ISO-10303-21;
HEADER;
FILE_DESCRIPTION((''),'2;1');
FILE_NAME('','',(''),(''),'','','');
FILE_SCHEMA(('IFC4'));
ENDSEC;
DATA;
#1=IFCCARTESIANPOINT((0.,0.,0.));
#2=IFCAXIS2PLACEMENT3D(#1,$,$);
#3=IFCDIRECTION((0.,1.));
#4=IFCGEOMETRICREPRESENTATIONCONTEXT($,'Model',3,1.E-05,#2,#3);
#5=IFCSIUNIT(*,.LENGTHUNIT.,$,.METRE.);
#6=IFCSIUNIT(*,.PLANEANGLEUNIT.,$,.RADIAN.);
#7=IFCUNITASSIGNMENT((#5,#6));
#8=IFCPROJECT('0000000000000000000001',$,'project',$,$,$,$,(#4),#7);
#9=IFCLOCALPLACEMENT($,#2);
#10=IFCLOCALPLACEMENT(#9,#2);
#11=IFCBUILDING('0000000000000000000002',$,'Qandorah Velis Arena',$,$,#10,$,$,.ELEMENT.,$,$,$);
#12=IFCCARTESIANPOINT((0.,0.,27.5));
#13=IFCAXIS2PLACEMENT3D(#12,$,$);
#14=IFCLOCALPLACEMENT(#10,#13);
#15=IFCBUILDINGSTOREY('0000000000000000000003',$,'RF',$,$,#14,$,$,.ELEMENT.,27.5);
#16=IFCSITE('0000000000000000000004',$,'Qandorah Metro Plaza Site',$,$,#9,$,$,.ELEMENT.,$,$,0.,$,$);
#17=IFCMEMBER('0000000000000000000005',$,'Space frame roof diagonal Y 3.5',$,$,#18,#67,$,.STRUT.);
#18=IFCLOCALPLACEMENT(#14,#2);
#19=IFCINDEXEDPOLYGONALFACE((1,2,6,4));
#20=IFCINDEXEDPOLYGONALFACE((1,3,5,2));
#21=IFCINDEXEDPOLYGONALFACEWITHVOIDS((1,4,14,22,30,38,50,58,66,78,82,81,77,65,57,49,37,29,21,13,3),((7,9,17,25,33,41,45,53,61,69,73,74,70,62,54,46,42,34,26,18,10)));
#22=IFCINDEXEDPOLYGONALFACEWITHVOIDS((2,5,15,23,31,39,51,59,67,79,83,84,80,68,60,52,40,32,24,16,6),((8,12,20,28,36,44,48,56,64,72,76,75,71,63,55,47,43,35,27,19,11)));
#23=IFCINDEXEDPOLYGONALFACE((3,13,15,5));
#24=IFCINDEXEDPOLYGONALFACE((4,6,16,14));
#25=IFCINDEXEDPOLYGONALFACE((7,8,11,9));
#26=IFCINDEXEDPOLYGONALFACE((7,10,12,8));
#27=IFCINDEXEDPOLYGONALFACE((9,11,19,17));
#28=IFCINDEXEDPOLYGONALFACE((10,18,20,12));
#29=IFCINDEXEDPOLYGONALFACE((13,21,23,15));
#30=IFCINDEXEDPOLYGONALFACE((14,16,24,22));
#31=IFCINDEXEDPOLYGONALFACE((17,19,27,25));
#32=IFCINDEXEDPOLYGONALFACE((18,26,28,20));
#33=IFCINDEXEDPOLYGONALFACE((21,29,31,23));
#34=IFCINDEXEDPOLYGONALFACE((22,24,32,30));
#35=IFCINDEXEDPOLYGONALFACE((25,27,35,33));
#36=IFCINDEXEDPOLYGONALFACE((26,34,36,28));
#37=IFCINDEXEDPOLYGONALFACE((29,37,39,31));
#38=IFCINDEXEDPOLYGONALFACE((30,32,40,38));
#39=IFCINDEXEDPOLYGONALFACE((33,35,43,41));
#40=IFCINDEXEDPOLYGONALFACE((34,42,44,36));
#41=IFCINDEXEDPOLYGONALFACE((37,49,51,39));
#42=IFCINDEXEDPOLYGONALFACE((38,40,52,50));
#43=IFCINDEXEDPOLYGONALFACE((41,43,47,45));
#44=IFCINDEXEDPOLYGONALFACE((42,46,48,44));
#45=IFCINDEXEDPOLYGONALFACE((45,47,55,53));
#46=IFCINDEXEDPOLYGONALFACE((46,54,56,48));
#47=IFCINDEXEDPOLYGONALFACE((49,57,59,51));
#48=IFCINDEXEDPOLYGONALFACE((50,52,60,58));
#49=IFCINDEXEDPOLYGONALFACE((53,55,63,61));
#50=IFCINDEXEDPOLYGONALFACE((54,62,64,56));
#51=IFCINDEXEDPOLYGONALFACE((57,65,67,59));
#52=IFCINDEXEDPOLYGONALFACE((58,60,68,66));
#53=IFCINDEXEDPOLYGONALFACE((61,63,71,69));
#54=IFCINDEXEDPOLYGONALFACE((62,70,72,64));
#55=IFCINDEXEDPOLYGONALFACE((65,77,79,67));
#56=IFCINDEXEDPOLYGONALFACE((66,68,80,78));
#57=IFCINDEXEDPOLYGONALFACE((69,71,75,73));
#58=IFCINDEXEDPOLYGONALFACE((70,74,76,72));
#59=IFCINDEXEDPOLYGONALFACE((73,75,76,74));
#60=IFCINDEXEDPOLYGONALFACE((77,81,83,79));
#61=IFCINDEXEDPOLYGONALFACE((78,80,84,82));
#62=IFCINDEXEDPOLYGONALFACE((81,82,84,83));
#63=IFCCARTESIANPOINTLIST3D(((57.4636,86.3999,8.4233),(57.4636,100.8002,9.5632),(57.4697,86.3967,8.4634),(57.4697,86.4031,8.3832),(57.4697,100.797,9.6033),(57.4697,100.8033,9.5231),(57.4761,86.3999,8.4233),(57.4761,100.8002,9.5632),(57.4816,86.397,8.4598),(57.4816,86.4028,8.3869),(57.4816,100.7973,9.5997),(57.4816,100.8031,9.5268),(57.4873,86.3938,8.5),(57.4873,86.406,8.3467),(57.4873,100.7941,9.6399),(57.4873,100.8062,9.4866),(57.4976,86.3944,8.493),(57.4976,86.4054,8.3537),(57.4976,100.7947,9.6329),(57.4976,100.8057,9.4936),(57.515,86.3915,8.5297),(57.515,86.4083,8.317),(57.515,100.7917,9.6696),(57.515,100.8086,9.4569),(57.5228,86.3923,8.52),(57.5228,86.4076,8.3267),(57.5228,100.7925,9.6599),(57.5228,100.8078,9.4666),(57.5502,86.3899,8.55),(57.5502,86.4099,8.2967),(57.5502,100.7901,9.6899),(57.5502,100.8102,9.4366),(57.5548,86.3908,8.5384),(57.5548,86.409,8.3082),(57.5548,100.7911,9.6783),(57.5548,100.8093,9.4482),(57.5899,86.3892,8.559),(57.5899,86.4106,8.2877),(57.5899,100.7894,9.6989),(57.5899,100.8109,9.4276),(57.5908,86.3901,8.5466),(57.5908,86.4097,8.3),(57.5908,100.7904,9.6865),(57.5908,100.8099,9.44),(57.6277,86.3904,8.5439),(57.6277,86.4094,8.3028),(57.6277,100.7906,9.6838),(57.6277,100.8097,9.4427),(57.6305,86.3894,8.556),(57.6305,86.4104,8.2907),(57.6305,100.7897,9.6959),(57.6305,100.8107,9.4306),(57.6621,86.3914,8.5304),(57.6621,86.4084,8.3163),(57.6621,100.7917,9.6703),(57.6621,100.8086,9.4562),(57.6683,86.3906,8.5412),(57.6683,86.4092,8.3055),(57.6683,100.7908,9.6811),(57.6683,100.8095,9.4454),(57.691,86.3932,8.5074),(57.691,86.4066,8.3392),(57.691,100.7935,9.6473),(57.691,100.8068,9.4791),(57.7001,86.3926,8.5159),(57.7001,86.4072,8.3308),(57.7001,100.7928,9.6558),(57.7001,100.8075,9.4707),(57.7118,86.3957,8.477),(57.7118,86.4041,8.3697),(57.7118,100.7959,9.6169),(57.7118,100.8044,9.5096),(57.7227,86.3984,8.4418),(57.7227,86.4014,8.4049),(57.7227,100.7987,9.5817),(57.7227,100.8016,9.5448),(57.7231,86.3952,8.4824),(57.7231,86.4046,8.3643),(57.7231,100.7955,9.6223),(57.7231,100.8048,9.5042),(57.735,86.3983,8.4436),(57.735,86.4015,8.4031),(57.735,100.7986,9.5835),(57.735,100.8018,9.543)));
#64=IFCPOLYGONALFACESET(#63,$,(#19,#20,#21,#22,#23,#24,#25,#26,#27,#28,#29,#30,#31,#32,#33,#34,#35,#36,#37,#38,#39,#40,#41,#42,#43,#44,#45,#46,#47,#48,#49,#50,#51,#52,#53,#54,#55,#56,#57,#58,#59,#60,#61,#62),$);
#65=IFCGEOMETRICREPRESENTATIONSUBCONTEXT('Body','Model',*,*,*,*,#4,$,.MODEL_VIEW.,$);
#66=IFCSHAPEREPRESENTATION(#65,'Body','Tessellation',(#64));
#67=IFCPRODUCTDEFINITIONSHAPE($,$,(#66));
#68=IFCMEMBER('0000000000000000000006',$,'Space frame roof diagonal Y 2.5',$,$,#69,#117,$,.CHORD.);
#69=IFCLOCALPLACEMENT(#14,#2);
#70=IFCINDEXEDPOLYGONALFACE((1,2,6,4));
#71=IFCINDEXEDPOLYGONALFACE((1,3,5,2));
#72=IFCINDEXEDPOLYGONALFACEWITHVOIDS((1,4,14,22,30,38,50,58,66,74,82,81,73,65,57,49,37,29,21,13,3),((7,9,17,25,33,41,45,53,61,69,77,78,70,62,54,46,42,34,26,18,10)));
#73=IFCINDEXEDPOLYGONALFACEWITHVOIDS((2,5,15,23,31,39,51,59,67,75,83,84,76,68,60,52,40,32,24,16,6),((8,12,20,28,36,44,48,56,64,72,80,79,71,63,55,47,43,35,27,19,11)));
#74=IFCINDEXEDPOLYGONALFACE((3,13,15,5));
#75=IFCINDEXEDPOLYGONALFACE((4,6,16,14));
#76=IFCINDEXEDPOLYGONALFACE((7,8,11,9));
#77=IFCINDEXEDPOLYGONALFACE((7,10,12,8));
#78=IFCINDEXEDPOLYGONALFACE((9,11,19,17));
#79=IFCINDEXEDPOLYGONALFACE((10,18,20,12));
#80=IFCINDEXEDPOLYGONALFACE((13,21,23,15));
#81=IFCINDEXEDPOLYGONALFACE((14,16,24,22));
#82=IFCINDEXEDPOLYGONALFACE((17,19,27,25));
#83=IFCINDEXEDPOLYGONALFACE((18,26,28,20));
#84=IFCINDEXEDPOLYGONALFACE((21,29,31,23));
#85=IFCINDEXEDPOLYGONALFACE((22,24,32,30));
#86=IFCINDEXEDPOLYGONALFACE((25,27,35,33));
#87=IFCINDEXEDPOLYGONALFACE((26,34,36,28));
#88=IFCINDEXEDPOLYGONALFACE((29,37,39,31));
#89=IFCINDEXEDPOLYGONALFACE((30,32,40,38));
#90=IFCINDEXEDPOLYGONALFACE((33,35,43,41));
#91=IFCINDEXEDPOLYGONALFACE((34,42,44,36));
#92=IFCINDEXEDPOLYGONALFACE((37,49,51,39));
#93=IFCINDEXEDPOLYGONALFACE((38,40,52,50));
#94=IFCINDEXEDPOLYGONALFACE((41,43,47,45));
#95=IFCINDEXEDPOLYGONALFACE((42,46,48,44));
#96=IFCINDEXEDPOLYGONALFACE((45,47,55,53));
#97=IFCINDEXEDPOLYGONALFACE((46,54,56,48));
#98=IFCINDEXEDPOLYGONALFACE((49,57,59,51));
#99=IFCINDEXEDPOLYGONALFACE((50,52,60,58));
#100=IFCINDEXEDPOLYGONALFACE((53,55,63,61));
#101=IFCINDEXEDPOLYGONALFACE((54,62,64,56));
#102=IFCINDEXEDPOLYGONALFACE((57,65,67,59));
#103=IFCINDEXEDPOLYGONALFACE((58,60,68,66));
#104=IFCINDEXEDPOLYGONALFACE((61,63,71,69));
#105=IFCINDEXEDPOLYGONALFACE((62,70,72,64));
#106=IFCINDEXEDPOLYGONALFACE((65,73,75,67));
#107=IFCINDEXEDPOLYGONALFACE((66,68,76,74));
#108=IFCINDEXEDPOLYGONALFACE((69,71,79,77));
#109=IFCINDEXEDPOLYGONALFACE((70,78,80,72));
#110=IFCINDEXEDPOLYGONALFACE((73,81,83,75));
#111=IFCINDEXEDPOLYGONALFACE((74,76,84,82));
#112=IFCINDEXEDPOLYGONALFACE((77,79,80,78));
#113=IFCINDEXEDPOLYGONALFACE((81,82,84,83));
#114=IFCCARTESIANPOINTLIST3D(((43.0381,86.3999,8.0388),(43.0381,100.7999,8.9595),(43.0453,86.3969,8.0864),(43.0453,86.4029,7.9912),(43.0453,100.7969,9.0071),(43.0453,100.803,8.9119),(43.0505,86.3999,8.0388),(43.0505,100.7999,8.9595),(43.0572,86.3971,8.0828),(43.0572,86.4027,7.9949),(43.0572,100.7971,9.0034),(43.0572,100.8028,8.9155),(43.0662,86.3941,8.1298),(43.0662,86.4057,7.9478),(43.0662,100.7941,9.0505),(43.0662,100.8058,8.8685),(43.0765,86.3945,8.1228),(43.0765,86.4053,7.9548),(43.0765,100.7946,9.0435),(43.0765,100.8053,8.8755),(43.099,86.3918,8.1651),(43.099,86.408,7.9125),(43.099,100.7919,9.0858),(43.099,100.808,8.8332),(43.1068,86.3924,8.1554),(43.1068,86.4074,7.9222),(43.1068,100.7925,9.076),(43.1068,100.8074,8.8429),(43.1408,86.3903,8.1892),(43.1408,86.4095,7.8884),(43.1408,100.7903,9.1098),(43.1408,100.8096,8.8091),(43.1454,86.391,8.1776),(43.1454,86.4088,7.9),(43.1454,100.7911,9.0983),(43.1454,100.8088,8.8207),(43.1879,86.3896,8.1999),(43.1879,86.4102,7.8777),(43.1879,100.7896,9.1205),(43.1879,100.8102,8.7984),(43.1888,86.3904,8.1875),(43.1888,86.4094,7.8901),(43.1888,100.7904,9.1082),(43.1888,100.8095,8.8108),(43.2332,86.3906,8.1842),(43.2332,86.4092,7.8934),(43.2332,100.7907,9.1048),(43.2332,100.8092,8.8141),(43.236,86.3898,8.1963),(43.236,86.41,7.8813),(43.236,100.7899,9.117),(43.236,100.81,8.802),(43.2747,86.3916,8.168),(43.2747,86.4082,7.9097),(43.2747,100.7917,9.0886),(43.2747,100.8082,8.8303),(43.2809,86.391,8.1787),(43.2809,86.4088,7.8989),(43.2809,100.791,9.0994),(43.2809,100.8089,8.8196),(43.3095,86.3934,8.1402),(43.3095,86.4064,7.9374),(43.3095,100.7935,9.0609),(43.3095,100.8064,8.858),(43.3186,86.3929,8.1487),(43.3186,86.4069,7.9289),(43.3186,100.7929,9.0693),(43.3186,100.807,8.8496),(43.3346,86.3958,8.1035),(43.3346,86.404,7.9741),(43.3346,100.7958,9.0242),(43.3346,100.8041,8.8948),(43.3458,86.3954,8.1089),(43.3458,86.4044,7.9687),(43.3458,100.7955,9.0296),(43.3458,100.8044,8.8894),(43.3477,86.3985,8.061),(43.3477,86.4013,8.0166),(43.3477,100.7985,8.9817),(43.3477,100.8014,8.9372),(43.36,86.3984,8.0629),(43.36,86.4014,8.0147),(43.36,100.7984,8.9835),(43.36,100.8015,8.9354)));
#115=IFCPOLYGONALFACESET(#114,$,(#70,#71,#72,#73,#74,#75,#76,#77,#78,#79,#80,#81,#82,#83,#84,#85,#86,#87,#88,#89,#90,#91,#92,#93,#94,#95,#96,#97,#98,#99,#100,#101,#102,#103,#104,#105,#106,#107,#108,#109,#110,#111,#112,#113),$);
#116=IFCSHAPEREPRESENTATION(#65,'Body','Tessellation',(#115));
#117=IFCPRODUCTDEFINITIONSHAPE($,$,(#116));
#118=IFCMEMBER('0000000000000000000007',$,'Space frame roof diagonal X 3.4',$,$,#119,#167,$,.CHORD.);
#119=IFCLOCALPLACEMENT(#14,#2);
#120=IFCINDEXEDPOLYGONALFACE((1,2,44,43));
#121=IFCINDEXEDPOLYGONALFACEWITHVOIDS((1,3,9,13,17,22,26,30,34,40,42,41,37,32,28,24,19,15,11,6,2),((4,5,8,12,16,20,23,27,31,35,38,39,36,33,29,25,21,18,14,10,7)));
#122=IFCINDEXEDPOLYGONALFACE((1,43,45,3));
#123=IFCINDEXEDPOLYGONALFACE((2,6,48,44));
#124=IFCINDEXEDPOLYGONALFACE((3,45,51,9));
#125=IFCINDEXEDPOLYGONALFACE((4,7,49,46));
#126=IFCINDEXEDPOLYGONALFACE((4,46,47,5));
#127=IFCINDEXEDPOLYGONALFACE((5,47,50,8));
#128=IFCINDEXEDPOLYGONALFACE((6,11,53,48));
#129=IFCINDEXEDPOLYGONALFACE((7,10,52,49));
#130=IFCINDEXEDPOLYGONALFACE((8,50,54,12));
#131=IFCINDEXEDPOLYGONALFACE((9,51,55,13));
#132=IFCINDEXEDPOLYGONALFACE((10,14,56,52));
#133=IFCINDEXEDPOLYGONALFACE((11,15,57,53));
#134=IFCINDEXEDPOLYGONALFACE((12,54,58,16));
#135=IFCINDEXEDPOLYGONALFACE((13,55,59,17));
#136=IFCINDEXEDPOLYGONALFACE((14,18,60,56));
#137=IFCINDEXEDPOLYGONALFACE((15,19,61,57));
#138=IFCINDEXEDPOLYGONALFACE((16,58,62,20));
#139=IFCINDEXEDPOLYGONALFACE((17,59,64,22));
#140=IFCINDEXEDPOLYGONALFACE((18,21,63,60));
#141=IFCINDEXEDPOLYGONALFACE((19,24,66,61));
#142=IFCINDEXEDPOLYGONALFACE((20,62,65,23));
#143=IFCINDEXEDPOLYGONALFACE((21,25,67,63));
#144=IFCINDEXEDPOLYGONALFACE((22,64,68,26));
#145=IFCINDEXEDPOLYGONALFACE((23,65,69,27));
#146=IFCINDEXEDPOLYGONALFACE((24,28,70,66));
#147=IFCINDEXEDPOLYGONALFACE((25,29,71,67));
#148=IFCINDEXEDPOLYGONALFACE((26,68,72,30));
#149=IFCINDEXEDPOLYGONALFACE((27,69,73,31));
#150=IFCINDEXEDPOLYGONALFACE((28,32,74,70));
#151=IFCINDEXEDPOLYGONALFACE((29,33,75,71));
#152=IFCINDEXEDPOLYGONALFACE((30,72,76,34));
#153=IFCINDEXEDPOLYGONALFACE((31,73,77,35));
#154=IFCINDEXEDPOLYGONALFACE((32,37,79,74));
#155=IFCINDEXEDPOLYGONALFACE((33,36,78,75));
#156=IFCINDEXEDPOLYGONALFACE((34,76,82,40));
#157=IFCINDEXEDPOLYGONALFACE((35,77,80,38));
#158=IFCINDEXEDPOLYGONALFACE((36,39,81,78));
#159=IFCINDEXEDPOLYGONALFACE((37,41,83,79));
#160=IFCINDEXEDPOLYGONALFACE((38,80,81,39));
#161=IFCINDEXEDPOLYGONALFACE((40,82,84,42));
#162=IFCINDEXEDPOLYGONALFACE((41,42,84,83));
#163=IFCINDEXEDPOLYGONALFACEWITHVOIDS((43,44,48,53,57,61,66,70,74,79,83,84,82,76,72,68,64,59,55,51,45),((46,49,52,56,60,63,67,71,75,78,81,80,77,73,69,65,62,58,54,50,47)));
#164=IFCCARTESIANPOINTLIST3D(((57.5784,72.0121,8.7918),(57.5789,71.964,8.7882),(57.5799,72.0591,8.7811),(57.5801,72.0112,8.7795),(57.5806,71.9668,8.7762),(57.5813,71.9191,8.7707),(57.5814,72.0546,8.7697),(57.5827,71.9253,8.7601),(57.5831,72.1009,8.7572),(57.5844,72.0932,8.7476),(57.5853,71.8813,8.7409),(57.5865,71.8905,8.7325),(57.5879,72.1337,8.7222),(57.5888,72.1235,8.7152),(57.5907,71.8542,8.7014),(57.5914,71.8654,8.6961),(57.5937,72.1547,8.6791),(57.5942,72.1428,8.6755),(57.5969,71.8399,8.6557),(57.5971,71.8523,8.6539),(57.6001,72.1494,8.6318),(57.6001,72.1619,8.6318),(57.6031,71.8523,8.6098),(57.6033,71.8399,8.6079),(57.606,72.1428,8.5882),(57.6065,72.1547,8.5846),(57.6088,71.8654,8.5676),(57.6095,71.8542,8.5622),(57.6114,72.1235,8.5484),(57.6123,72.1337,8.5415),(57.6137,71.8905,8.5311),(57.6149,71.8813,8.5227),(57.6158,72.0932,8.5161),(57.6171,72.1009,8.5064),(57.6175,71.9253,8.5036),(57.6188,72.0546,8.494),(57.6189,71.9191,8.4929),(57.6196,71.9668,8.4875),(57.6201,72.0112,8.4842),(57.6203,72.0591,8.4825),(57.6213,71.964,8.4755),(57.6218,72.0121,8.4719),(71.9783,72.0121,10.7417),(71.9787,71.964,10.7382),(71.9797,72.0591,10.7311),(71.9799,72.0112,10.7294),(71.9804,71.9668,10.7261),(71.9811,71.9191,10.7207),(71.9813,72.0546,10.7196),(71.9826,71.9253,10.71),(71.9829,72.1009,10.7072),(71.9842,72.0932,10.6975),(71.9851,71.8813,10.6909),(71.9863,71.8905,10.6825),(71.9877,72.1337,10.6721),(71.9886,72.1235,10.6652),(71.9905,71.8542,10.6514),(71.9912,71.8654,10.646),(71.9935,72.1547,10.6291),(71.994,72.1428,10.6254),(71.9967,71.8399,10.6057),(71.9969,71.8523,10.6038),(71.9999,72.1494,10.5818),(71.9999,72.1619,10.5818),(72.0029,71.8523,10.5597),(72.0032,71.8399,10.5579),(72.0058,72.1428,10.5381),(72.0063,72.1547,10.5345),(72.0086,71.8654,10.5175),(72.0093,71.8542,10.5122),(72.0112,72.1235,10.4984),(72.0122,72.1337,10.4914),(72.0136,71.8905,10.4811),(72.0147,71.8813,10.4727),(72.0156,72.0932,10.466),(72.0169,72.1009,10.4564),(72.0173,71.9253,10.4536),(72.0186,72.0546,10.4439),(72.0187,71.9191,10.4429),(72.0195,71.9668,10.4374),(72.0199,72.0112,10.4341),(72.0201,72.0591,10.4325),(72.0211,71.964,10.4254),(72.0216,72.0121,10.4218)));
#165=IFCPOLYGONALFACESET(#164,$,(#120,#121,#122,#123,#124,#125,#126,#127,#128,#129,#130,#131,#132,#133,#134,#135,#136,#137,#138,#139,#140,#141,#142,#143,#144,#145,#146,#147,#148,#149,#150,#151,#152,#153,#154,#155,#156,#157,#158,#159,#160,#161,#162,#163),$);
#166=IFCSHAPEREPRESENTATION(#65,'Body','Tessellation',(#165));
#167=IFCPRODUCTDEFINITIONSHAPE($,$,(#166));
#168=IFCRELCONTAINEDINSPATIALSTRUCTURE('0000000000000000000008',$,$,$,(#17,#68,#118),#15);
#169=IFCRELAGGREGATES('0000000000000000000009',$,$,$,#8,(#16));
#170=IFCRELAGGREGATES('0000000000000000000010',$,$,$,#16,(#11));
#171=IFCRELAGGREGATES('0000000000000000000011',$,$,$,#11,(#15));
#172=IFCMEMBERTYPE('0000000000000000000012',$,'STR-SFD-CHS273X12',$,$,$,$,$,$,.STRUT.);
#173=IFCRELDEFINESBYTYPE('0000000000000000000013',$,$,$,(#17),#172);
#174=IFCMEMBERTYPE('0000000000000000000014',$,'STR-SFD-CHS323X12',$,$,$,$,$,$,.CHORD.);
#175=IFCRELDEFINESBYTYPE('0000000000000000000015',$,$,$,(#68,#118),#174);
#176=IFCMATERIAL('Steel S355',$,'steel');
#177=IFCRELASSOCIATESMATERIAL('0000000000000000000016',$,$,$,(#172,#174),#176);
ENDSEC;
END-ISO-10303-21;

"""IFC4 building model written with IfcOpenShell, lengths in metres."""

from ifc_helpers import new_model, si_unit, direction, frame, origin, origin_2d, place, context, subcontext, project, spatial, hollow_circle, extrude, material, material_profile, profile_set, type_object, element, save


model = new_model("IFC4")

# Units and contexts
model_context = context("Model", 3, precision=1e-05, world=origin(), true_north=direction((0.0, 1.0)))
body_context = subcontext(model_context, "Body", "Model", "MODEL_VIEW")
ifc_project = project(units=[si_unit("LENGTHUNIT", "METRE"), si_unit("PLANEANGLEUNIT", "RADIAN")], contexts=[model_context])

# Site, building, storey
site_placement = place(None, origin())
site = spatial("IfcSite", under=ifc_project, at=site_placement, Name="Qandorah Metro Plaza Site", CompositionType="ELEMENT", RefElevation=0.0)
building_placement = place(site_placement, origin())
building = spatial("IfcBuilding", under=site, at=building_placement, Name="Qandorah Velis Arena", CompositionType="ELEMENT")
storey_placement = place(building_placement, frame((0.0, 0.0, 27.5)))
storey = spatial("IfcBuildingStorey", under=building, at=storey_placement, Name="RF", CompositionType="ELEMENT", Elevation=27.5)

# Shared definitions
ifc_material_1 = material(Name="Steel S355", Category="steel")

# Members
ifc_material_profile_1 = material_profile(ifc_material_1, hollow_circle(Radius=0.1365, WallThickness=0.0125, at=origin_2d()), Name="CHS 273x12.5")
ifc_profile_set_1 = profile_set([ifc_material_profile_1], Name="Steel S355")
member_type_1 = type_object("IfcMemberType", Name="STR-SFD-CHS273X12", PredefinedType="STRUT", material=ifc_profile_set_1)
member_1_placement = place(storey_placement, frame((57.6001, 86.3999, 8.4233), z_axis=(0.0, 0.996882, 0.078912), x_axis=(-1.0, 0.0, 0.0)))
element("IfcMember", 1, at=member_1_placement, inside=storey, type_object=member_type_1, Name="Space frame roof diagonal Y 3.5", PredefinedType="STRUT", context=body_context, shape_type="SweptSolid", body=[
    extrude(hollow_circle(Radius=0.1365, WallThickness=0.0125, at=origin_2d()), origin(), (0.0, 0.0, 1.0), 14.4453),
])
ifc_material_profile_2 = material_profile(ifc_material_1, hollow_circle(Radius=0.1619, WallThickness=0.0125, at=origin_2d()), Name="CHS 323.9x12.5")
ifc_profile_set_2 = profile_set([ifc_material_profile_2], Name="Steel S355")
member_type_2 = type_object("IfcMemberType", Name="STR-SFD-CHS323X12", PredefinedType="CHORD", material=ifc_profile_set_2)
member_2_placement = place(storey_placement, frame((43.2, 86.3999, 8.0388), z_axis=(0.0, 0.997962, 0.063803), x_axis=(-1.0, 0.0, 0.0)))
element("IfcMember", 2, at=member_2_placement, inside=storey, type_object=member_type_2, Name="Space frame roof diagonal Y 2.5", PredefinedType="CHORD", context=body_context, shape_type="SweptSolid", body=[
    extrude(hollow_circle(Radius=0.1619, WallThickness=0.0125, at=origin_2d()), origin(), (0.0, 0.0, 1.0), 14.4294),
])
member_3_placement = place(storey_placement, frame((57.6001, 72.0, 8.6318), z_axis=(0.990956, 0.0, 0.134189), x_axis=(0.0, 1.0, 0.0)))
element("IfcMember", 3, at=member_3_placement, inside=storey, type_object=member_type_2, Name="Space frame roof diagonal X 3.4", PredefinedType="CHORD", context=body_context, shape_type="SweptSolid", body=[
    extrude(hollow_circle(Radius=0.1619, WallThickness=0.0125, at=origin_2d()), origin(), (0.0, 0.0, 1.0), 14.5312),
])

save(model, "model.ifc")
